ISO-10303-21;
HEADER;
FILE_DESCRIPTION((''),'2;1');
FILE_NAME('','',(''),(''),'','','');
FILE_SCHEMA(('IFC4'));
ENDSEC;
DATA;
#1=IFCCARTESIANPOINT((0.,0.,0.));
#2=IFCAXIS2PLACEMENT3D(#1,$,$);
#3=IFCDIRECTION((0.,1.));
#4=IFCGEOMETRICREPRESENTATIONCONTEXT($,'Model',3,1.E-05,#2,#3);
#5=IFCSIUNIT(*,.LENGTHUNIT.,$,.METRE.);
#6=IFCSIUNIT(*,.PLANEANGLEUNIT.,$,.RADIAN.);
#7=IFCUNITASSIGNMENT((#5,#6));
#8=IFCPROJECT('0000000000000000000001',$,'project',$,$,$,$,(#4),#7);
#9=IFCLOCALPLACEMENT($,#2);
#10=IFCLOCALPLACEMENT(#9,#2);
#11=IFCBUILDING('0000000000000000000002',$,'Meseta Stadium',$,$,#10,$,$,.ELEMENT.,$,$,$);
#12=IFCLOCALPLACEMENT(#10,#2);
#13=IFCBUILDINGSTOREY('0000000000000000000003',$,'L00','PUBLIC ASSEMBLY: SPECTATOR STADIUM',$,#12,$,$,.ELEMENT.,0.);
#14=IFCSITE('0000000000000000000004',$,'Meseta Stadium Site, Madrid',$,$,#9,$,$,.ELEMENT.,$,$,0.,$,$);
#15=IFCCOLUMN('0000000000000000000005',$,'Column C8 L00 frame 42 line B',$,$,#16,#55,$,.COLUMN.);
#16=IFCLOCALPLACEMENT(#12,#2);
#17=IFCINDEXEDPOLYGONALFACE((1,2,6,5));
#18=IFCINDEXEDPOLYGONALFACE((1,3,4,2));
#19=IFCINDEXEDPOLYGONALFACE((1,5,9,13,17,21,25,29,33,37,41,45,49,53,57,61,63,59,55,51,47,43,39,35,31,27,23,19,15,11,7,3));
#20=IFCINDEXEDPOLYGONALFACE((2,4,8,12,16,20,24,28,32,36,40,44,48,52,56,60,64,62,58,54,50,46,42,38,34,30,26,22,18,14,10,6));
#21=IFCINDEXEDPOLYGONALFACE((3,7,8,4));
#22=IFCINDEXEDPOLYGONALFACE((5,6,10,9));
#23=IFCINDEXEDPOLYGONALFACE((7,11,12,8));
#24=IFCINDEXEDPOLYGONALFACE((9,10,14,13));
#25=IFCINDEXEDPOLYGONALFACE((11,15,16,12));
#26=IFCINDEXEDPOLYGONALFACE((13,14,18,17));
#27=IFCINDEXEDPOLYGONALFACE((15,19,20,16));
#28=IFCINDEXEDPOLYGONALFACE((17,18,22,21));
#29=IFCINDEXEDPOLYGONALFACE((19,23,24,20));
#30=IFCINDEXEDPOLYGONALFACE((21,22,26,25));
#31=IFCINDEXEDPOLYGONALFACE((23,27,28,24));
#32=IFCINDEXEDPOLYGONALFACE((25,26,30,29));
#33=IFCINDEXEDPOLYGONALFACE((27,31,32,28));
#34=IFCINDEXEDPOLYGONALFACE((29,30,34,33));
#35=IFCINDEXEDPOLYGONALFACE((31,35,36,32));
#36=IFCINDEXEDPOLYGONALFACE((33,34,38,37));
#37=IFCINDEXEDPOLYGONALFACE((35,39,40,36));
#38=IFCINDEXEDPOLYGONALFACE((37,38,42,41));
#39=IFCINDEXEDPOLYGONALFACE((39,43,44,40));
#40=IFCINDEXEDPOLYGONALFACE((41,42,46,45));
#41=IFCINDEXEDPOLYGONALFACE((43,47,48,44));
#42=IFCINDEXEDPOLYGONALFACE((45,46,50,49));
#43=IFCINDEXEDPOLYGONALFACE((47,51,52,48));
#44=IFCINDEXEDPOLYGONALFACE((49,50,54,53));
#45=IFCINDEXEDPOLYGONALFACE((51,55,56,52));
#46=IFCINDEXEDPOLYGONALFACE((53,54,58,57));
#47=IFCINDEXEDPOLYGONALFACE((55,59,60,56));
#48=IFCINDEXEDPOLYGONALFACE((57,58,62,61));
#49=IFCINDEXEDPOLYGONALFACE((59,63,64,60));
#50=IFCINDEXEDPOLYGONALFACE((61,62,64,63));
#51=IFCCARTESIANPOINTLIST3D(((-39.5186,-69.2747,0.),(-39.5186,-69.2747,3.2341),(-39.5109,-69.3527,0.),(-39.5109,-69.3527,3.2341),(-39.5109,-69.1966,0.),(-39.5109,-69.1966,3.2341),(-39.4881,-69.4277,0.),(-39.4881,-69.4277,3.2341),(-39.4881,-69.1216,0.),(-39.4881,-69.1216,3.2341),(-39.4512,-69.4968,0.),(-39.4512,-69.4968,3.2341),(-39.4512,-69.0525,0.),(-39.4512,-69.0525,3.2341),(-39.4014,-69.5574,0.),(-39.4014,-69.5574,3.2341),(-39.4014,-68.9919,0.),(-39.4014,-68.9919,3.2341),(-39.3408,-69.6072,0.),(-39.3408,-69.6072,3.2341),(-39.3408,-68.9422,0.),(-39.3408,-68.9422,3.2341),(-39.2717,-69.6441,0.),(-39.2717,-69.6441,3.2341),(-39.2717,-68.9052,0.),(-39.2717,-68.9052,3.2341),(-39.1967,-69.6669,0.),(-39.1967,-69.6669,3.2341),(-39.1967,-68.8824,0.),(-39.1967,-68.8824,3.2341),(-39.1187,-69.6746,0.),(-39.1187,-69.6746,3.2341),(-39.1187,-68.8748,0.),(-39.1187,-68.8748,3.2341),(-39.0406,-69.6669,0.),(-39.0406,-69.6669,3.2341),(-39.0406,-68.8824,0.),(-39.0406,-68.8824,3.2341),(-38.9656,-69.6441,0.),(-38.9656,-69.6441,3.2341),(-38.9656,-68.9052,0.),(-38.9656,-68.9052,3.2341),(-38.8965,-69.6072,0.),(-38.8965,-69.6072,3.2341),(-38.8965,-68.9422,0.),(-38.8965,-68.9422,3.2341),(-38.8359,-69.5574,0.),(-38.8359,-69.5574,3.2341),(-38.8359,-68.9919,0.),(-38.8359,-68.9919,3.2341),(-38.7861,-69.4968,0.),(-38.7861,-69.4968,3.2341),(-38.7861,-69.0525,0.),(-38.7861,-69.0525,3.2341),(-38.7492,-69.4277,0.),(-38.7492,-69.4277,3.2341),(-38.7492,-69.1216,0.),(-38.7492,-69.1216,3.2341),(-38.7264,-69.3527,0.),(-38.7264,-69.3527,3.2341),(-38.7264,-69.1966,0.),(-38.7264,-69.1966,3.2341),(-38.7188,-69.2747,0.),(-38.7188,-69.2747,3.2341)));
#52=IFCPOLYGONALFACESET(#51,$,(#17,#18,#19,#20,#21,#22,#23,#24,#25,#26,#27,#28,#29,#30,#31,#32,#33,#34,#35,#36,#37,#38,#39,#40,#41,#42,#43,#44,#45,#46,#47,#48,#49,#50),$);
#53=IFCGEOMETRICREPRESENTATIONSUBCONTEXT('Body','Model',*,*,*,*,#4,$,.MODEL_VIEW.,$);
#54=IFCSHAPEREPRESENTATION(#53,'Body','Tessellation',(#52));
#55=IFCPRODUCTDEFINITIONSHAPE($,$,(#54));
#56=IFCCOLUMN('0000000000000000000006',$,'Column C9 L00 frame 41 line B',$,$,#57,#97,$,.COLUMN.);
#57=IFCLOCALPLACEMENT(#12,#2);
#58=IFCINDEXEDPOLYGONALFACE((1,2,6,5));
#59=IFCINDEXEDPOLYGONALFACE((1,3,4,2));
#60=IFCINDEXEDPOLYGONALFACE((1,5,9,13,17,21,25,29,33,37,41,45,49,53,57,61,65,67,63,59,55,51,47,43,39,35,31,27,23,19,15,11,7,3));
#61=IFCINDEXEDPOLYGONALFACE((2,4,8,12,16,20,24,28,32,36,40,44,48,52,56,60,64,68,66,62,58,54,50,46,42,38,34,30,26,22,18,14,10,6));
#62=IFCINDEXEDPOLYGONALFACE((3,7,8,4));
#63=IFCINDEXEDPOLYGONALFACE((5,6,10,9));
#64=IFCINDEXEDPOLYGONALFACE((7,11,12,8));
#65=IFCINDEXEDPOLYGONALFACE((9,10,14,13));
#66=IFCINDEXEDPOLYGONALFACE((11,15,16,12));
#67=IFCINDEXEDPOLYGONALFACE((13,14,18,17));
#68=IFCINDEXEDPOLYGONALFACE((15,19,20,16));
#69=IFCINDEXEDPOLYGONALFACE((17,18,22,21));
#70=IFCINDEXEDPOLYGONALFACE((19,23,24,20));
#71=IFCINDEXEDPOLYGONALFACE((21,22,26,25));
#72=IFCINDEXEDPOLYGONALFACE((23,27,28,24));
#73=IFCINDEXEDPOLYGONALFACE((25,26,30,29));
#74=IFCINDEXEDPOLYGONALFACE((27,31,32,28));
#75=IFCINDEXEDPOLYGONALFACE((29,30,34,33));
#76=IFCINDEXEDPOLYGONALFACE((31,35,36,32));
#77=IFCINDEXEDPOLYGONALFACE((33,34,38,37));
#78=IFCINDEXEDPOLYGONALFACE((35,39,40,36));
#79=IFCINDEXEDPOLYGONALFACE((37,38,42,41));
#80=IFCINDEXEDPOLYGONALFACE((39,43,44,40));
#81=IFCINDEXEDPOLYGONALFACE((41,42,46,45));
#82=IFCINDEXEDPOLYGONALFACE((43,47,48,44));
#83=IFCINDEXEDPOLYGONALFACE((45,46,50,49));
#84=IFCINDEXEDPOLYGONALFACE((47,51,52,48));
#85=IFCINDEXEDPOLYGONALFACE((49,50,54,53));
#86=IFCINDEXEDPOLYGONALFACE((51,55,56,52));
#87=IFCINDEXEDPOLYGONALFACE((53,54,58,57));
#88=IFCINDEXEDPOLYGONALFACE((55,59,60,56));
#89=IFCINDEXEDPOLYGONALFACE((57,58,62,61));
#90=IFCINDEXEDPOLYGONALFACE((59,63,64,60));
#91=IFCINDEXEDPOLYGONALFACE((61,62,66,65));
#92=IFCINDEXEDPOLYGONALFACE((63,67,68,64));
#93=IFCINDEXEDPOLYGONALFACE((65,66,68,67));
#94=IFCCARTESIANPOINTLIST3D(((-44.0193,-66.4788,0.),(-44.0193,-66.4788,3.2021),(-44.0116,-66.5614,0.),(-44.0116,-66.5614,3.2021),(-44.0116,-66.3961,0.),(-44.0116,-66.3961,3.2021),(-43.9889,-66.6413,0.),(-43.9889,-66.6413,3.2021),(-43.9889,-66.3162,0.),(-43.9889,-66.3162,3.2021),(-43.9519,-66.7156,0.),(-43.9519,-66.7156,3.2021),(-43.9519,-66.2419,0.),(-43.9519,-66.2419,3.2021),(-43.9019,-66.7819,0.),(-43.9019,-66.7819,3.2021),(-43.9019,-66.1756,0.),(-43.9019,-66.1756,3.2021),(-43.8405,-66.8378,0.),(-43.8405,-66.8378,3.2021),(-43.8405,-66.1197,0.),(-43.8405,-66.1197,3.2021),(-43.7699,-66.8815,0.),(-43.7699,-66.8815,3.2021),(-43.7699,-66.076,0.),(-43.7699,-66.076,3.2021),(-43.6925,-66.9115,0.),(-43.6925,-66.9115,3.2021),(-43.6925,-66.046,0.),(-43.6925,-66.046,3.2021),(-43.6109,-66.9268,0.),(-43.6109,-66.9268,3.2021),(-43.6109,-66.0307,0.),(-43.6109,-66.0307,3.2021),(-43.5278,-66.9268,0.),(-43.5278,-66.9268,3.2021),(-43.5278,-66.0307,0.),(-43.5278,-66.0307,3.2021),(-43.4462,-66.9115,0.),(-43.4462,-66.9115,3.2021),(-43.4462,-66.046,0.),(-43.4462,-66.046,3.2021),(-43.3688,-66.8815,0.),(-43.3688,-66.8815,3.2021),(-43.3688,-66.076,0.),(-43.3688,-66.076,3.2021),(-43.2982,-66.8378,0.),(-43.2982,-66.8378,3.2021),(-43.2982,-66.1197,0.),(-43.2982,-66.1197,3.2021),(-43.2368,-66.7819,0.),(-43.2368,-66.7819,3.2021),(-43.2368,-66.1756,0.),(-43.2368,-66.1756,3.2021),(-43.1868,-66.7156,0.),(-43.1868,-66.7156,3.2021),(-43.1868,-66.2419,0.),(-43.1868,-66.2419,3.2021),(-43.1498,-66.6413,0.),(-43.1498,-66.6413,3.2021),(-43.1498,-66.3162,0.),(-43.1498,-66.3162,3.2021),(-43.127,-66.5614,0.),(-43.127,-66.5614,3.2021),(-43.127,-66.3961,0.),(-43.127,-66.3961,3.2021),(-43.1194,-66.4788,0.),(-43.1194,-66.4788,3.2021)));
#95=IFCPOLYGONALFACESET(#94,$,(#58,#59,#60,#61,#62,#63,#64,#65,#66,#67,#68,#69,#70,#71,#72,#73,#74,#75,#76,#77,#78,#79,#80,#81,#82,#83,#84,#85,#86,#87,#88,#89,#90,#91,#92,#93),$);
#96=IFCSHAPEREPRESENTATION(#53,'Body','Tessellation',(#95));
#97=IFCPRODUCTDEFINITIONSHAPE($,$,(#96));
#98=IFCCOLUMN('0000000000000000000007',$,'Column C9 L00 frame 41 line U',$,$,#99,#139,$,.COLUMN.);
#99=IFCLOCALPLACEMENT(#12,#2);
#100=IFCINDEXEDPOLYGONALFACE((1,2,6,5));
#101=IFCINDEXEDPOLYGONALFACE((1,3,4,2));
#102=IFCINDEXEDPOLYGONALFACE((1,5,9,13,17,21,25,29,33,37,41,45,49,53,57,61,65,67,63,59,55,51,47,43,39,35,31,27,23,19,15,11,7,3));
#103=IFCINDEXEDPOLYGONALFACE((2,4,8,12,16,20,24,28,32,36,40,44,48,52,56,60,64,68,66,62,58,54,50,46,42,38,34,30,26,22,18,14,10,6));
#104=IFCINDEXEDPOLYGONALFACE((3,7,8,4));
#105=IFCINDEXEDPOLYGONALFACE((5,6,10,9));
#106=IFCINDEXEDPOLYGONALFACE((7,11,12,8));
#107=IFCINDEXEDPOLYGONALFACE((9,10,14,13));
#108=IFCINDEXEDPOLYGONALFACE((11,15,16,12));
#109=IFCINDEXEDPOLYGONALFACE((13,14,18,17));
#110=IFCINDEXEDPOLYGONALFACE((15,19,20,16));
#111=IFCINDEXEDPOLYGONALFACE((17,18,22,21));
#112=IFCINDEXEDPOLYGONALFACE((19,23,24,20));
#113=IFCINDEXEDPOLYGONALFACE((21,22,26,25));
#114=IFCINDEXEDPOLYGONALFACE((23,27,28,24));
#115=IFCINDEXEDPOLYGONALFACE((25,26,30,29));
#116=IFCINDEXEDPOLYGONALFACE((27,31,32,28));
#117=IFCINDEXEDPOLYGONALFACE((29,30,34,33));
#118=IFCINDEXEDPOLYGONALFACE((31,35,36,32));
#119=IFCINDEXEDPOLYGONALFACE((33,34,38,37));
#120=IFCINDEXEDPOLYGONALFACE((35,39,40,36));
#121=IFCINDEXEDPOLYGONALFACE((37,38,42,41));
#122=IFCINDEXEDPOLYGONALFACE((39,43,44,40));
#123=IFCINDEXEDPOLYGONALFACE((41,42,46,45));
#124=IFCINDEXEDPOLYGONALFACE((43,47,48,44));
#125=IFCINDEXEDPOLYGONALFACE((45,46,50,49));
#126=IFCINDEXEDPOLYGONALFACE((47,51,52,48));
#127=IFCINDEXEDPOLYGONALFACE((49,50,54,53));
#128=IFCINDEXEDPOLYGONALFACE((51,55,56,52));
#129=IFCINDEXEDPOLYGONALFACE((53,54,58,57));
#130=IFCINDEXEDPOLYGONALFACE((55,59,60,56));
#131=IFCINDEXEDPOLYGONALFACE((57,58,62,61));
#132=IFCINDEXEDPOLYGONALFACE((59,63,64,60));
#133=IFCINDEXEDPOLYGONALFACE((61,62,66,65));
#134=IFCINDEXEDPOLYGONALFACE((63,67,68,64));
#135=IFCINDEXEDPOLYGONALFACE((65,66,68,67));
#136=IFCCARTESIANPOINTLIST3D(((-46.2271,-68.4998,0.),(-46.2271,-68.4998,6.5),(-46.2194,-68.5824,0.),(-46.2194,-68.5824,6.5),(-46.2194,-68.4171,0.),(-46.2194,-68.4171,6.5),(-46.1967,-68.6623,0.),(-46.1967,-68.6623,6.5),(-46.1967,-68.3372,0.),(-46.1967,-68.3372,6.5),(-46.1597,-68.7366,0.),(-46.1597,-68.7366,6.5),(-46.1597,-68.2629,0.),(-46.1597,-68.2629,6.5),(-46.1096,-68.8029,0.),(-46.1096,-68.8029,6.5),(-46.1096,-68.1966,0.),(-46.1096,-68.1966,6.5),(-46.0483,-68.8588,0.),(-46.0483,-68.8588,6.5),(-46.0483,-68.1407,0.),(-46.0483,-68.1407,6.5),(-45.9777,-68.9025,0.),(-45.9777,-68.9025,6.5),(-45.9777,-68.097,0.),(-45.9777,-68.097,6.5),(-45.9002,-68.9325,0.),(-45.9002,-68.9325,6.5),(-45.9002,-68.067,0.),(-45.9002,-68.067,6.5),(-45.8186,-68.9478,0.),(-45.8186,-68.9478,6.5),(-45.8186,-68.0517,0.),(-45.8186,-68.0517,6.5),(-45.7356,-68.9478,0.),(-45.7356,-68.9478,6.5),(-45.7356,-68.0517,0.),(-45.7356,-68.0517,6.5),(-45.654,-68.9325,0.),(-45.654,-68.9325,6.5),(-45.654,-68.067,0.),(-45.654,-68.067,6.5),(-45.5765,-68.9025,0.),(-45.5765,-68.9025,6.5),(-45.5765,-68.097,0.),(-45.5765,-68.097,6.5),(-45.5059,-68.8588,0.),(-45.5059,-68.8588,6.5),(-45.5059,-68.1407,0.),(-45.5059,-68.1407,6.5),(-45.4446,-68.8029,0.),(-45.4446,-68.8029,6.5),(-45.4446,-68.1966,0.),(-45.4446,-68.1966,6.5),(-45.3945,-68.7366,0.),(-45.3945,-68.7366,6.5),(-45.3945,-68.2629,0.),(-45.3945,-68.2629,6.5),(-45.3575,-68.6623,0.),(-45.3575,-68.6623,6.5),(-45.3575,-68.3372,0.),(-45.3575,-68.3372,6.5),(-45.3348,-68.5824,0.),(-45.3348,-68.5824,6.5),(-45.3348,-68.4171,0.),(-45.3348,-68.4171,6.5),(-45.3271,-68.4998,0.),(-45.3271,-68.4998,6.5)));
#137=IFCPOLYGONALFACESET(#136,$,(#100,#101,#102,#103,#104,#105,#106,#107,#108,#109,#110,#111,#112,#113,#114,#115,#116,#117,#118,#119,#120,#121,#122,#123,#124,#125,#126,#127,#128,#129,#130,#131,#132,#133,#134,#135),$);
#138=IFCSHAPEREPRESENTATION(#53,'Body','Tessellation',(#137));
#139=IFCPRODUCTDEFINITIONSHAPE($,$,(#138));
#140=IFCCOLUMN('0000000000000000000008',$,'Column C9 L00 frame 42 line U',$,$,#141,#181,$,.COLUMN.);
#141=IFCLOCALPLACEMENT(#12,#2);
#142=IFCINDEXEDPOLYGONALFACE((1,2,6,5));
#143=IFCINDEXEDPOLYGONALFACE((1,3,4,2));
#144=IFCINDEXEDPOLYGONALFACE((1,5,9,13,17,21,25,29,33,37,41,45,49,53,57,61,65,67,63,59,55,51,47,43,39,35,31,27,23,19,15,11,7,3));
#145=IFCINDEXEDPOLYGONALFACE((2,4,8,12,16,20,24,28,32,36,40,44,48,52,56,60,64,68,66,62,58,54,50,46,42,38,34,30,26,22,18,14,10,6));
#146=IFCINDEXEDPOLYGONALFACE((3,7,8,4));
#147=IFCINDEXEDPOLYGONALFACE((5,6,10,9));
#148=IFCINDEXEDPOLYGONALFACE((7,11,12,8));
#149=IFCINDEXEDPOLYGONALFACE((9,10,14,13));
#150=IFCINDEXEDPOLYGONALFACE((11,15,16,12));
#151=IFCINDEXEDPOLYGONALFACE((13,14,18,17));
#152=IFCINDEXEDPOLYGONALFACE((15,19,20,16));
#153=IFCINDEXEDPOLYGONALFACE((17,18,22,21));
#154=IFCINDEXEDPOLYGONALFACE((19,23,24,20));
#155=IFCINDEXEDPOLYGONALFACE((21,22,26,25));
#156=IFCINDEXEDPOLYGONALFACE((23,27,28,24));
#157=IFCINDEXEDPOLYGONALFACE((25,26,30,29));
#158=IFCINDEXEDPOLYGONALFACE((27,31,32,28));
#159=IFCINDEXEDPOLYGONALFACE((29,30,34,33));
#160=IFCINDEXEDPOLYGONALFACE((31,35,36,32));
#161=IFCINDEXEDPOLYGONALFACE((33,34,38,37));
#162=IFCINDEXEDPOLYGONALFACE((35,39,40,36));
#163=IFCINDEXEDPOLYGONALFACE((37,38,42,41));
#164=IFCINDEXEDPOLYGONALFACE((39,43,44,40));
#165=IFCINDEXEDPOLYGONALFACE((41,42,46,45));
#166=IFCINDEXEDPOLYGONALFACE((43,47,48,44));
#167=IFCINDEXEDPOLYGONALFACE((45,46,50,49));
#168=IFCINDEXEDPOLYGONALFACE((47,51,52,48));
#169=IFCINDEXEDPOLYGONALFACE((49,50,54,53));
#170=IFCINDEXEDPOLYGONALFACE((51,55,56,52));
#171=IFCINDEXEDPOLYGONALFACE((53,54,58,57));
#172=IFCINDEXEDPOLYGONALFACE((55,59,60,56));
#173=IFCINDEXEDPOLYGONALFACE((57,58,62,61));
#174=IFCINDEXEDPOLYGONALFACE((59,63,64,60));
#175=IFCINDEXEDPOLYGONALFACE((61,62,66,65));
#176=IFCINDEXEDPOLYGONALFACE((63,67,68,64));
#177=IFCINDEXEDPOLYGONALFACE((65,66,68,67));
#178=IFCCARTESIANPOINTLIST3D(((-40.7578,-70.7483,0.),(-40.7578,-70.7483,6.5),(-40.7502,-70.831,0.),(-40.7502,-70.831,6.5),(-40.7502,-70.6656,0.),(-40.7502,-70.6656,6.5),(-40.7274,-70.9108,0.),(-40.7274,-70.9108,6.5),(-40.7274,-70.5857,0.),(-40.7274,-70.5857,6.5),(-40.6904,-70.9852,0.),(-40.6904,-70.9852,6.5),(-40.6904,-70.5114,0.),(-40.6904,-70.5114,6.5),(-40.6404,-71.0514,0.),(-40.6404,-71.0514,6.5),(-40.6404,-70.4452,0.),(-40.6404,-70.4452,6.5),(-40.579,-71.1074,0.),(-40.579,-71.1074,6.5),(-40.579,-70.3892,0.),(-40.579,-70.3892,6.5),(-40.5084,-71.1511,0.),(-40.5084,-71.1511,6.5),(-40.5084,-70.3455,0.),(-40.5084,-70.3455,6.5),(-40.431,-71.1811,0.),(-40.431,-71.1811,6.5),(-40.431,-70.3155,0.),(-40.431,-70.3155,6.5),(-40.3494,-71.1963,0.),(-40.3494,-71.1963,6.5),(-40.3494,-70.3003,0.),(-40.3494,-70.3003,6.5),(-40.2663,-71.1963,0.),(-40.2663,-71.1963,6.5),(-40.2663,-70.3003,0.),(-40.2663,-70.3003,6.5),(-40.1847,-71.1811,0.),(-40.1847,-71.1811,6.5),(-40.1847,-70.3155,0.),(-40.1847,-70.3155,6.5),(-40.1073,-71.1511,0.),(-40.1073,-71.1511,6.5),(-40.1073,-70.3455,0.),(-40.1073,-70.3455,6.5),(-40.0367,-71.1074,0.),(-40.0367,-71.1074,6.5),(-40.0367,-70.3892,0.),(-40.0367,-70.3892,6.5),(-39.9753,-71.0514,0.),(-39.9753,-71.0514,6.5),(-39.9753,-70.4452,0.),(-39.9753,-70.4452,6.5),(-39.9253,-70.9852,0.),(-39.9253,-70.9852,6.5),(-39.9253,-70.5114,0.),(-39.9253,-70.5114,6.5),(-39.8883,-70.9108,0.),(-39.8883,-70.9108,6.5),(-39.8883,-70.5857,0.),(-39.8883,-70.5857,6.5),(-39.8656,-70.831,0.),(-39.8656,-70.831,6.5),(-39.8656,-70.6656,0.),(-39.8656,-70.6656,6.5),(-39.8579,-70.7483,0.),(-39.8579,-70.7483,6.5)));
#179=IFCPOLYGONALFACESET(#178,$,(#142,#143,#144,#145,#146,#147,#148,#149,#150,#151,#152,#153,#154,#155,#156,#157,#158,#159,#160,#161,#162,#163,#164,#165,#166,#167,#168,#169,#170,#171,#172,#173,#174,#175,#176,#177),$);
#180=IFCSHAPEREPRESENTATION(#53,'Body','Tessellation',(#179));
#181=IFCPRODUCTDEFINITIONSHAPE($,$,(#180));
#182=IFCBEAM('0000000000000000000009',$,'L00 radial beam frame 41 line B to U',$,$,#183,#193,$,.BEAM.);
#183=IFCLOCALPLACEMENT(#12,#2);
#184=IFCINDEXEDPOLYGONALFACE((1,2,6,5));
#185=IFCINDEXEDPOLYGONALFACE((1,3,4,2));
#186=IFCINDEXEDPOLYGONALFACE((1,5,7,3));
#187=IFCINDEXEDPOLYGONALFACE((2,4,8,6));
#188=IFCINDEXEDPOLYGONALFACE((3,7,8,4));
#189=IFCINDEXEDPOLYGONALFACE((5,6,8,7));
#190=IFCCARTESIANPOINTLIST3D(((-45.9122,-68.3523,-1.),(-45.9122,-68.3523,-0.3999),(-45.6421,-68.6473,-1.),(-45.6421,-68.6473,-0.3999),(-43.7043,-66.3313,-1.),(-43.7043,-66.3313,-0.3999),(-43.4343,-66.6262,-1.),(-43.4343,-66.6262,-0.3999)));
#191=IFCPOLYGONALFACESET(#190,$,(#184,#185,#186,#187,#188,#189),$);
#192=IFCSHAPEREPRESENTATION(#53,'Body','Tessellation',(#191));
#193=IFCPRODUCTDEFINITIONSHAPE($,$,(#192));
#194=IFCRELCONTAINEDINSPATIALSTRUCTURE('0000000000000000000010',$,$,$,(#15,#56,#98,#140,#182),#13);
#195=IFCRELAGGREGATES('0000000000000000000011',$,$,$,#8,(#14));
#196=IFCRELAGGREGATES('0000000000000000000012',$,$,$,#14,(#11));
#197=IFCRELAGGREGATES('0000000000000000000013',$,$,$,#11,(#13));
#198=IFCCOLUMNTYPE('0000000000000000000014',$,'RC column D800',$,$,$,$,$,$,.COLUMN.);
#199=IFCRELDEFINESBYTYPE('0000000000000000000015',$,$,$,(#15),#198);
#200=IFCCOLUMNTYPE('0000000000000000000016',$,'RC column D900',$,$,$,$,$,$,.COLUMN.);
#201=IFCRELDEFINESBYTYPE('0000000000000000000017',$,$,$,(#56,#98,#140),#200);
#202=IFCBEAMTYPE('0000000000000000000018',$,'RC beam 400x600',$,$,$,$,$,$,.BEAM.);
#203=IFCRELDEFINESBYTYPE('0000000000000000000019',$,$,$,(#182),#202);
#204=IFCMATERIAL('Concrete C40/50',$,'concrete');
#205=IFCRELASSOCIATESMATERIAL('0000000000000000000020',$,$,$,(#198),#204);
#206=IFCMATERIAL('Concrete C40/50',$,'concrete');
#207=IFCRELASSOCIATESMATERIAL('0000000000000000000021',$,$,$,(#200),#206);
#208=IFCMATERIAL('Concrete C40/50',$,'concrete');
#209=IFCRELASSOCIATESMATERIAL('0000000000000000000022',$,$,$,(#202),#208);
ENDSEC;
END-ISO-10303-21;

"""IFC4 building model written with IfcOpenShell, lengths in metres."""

from ifc_helpers import new_model, si_unit, direction, frame, origin, origin_2d, place, context, subcontext, project, spatial, rectangle, circle, extrude, material, material_profile, profile_set, type_object, element, save


model = new_model("IFC4")

# Units and contexts
model_context = context("Model", 3, precision=1e-05, world=origin(), true_north=direction((0.0, 1.0)))
body_context = subcontext(model_context, "Body", "Model", "MODEL_VIEW")
ifc_project = project(units=[si_unit("LENGTHUNIT", "METRE"), si_unit("PLANEANGLEUNIT", "RADIAN")], contexts=[model_context])

# Site, building, storey
site_placement = place(None, origin())
site = spatial("IfcSite", under=ifc_project, at=site_placement, Name="Meseta Stadium Site, Madrid", CompositionType="ELEMENT", RefElevation=0.0)
building_placement = place(site_placement, origin())
building = spatial("IfcBuilding", under=site, at=building_placement, Name="Meseta Stadium", CompositionType="ELEMENT")
storey_placement = place(building_placement, origin())
storey = spatial("IfcBuildingStorey", under=building, at=storey_placement, Name="L00", Description="PUBLIC ASSEMBLY: SPECTATOR STADIUM", CompositionType="ELEMENT", Elevation=0.0)

# Columns
ifc_material_1 = material(Name="Concrete C40/50", Category="concrete")
ifc_material_profile_1 = material_profile(ifc_material_1, circle(Radius=0.3999, at=origin_2d()), Name="RC D800")
ifc_profile_set_1 = profile_set([ifc_material_profile_1], Name="Concrete C40/50")
column_type_1 = type_object("IfcColumnType", Name="RC column D800", PredefinedType="COLUMN", material=ifc_profile_set_1)
column_1_placement = place(storey_placement, frame((-39.1187, -69.2747, 0.0), z_axis=(0.0, 0.0, 1.0), x_axis=(1.0, 0.0, 0.0)))
element("IfcColumn", 1, at=column_1_placement, inside=storey, type_object=column_type_1, Name="Column C8 L00 frame 42 line B", PredefinedType="COLUMN", context=body_context, shape_type="SweptSolid", body=[
    extrude(circle(Radius=0.3999, at=origin_2d()), origin(), (0.0, 0.0, 1.0), 3.2341),
])
ifc_material_2 = material(Name="Concrete C40/50", Category="concrete")
ifc_material_profile_2 = material_profile(ifc_material_2, circle(Radius=0.45, at=origin_2d()), Name="RC D900")
ifc_profile_set_2 = profile_set([ifc_material_profile_2], Name="Concrete C40/50")
column_type_2 = type_object("IfcColumnType", Name="RC column D900", PredefinedType="COLUMN", material=ifc_profile_set_2)
column_2_placement = place(storey_placement, frame((-43.5693, -66.4788, 0.0), z_axis=(0.0, 0.0, 1.0), x_axis=(1.0, 0.0, 0.0)))
element("IfcColumn", 2, at=column_2_placement, inside=storey, type_object=column_type_2, Name="Column C9 L00 frame 41 line B", PredefinedType="COLUMN", context=body_context, shape_type="SweptSolid", body=[
    extrude(circle(Radius=0.45, at=origin_2d()), origin(), (0.0, 0.0, 1.0), 3.2021),
])
for number, where, z_axis, x_axis, name in (
    (3, (-45.7771, -68.4998, 0.0), (0.0, 0.0, 1.0), (1.0, 0.0, 0.0), "Column C9 L00 frame 41 line U"),
    (4, (-40.3079, -70.7483, 0.0), (0.0, 0.0, 1.0), (1.0, 0.0, 0.0), "Column C9 L00 frame 42 line U"),
):
    element("IfcColumn", number, at=place(storey_placement, frame(where, z_axis=z_axis, x_axis=x_axis)), inside=storey, type_object=column_type_2, Name=name, PredefinedType="COLUMN", context=body_context, shape_type="SweptSolid", body=[
        extrude(circle(Radius=0.45, at=origin_2d()), origin(), (0.0, 0.0, 1.0), 6.5),
    ])

# Beam
ifc_material_3 = material(Name="Concrete C40/50", Category="concrete")
ifc_material_profile_3 = material_profile(ifc_material_3, rectangle(XDim=0.3999, YDim=0.6001, at=origin_2d()), Name="RC 400x600")
ifc_profile_set_3 = profile_set([ifc_material_profile_3], Name="Concrete C40/50")
beam_type_1 = type_object("IfcBeamType", Name="RC beam 400x600", PredefinedType="BEAM", material=ifc_profile_set_3)
beam_1_placement = place(storey_placement, frame((-43.5693, -66.4788, -0.7), z_axis=(-0.737618, -0.675218, 0.0), x_axis=(0.675218, -0.737618, 0.0)))
element("IfcBeam", 5, at=beam_1_placement, inside=storey, type_object=beam_type_1, Name="L00 radial beam frame 41 line B to U", PredefinedType="BEAM", context=body_context, shape_type="SweptSolid", body=[
    extrude(rectangle(XDim=0.3999, YDim=0.6001, at=origin_2d()), origin(), (0.0, 0.0, 1.0), 2.9932),
])

save(model, "model.ifc")
